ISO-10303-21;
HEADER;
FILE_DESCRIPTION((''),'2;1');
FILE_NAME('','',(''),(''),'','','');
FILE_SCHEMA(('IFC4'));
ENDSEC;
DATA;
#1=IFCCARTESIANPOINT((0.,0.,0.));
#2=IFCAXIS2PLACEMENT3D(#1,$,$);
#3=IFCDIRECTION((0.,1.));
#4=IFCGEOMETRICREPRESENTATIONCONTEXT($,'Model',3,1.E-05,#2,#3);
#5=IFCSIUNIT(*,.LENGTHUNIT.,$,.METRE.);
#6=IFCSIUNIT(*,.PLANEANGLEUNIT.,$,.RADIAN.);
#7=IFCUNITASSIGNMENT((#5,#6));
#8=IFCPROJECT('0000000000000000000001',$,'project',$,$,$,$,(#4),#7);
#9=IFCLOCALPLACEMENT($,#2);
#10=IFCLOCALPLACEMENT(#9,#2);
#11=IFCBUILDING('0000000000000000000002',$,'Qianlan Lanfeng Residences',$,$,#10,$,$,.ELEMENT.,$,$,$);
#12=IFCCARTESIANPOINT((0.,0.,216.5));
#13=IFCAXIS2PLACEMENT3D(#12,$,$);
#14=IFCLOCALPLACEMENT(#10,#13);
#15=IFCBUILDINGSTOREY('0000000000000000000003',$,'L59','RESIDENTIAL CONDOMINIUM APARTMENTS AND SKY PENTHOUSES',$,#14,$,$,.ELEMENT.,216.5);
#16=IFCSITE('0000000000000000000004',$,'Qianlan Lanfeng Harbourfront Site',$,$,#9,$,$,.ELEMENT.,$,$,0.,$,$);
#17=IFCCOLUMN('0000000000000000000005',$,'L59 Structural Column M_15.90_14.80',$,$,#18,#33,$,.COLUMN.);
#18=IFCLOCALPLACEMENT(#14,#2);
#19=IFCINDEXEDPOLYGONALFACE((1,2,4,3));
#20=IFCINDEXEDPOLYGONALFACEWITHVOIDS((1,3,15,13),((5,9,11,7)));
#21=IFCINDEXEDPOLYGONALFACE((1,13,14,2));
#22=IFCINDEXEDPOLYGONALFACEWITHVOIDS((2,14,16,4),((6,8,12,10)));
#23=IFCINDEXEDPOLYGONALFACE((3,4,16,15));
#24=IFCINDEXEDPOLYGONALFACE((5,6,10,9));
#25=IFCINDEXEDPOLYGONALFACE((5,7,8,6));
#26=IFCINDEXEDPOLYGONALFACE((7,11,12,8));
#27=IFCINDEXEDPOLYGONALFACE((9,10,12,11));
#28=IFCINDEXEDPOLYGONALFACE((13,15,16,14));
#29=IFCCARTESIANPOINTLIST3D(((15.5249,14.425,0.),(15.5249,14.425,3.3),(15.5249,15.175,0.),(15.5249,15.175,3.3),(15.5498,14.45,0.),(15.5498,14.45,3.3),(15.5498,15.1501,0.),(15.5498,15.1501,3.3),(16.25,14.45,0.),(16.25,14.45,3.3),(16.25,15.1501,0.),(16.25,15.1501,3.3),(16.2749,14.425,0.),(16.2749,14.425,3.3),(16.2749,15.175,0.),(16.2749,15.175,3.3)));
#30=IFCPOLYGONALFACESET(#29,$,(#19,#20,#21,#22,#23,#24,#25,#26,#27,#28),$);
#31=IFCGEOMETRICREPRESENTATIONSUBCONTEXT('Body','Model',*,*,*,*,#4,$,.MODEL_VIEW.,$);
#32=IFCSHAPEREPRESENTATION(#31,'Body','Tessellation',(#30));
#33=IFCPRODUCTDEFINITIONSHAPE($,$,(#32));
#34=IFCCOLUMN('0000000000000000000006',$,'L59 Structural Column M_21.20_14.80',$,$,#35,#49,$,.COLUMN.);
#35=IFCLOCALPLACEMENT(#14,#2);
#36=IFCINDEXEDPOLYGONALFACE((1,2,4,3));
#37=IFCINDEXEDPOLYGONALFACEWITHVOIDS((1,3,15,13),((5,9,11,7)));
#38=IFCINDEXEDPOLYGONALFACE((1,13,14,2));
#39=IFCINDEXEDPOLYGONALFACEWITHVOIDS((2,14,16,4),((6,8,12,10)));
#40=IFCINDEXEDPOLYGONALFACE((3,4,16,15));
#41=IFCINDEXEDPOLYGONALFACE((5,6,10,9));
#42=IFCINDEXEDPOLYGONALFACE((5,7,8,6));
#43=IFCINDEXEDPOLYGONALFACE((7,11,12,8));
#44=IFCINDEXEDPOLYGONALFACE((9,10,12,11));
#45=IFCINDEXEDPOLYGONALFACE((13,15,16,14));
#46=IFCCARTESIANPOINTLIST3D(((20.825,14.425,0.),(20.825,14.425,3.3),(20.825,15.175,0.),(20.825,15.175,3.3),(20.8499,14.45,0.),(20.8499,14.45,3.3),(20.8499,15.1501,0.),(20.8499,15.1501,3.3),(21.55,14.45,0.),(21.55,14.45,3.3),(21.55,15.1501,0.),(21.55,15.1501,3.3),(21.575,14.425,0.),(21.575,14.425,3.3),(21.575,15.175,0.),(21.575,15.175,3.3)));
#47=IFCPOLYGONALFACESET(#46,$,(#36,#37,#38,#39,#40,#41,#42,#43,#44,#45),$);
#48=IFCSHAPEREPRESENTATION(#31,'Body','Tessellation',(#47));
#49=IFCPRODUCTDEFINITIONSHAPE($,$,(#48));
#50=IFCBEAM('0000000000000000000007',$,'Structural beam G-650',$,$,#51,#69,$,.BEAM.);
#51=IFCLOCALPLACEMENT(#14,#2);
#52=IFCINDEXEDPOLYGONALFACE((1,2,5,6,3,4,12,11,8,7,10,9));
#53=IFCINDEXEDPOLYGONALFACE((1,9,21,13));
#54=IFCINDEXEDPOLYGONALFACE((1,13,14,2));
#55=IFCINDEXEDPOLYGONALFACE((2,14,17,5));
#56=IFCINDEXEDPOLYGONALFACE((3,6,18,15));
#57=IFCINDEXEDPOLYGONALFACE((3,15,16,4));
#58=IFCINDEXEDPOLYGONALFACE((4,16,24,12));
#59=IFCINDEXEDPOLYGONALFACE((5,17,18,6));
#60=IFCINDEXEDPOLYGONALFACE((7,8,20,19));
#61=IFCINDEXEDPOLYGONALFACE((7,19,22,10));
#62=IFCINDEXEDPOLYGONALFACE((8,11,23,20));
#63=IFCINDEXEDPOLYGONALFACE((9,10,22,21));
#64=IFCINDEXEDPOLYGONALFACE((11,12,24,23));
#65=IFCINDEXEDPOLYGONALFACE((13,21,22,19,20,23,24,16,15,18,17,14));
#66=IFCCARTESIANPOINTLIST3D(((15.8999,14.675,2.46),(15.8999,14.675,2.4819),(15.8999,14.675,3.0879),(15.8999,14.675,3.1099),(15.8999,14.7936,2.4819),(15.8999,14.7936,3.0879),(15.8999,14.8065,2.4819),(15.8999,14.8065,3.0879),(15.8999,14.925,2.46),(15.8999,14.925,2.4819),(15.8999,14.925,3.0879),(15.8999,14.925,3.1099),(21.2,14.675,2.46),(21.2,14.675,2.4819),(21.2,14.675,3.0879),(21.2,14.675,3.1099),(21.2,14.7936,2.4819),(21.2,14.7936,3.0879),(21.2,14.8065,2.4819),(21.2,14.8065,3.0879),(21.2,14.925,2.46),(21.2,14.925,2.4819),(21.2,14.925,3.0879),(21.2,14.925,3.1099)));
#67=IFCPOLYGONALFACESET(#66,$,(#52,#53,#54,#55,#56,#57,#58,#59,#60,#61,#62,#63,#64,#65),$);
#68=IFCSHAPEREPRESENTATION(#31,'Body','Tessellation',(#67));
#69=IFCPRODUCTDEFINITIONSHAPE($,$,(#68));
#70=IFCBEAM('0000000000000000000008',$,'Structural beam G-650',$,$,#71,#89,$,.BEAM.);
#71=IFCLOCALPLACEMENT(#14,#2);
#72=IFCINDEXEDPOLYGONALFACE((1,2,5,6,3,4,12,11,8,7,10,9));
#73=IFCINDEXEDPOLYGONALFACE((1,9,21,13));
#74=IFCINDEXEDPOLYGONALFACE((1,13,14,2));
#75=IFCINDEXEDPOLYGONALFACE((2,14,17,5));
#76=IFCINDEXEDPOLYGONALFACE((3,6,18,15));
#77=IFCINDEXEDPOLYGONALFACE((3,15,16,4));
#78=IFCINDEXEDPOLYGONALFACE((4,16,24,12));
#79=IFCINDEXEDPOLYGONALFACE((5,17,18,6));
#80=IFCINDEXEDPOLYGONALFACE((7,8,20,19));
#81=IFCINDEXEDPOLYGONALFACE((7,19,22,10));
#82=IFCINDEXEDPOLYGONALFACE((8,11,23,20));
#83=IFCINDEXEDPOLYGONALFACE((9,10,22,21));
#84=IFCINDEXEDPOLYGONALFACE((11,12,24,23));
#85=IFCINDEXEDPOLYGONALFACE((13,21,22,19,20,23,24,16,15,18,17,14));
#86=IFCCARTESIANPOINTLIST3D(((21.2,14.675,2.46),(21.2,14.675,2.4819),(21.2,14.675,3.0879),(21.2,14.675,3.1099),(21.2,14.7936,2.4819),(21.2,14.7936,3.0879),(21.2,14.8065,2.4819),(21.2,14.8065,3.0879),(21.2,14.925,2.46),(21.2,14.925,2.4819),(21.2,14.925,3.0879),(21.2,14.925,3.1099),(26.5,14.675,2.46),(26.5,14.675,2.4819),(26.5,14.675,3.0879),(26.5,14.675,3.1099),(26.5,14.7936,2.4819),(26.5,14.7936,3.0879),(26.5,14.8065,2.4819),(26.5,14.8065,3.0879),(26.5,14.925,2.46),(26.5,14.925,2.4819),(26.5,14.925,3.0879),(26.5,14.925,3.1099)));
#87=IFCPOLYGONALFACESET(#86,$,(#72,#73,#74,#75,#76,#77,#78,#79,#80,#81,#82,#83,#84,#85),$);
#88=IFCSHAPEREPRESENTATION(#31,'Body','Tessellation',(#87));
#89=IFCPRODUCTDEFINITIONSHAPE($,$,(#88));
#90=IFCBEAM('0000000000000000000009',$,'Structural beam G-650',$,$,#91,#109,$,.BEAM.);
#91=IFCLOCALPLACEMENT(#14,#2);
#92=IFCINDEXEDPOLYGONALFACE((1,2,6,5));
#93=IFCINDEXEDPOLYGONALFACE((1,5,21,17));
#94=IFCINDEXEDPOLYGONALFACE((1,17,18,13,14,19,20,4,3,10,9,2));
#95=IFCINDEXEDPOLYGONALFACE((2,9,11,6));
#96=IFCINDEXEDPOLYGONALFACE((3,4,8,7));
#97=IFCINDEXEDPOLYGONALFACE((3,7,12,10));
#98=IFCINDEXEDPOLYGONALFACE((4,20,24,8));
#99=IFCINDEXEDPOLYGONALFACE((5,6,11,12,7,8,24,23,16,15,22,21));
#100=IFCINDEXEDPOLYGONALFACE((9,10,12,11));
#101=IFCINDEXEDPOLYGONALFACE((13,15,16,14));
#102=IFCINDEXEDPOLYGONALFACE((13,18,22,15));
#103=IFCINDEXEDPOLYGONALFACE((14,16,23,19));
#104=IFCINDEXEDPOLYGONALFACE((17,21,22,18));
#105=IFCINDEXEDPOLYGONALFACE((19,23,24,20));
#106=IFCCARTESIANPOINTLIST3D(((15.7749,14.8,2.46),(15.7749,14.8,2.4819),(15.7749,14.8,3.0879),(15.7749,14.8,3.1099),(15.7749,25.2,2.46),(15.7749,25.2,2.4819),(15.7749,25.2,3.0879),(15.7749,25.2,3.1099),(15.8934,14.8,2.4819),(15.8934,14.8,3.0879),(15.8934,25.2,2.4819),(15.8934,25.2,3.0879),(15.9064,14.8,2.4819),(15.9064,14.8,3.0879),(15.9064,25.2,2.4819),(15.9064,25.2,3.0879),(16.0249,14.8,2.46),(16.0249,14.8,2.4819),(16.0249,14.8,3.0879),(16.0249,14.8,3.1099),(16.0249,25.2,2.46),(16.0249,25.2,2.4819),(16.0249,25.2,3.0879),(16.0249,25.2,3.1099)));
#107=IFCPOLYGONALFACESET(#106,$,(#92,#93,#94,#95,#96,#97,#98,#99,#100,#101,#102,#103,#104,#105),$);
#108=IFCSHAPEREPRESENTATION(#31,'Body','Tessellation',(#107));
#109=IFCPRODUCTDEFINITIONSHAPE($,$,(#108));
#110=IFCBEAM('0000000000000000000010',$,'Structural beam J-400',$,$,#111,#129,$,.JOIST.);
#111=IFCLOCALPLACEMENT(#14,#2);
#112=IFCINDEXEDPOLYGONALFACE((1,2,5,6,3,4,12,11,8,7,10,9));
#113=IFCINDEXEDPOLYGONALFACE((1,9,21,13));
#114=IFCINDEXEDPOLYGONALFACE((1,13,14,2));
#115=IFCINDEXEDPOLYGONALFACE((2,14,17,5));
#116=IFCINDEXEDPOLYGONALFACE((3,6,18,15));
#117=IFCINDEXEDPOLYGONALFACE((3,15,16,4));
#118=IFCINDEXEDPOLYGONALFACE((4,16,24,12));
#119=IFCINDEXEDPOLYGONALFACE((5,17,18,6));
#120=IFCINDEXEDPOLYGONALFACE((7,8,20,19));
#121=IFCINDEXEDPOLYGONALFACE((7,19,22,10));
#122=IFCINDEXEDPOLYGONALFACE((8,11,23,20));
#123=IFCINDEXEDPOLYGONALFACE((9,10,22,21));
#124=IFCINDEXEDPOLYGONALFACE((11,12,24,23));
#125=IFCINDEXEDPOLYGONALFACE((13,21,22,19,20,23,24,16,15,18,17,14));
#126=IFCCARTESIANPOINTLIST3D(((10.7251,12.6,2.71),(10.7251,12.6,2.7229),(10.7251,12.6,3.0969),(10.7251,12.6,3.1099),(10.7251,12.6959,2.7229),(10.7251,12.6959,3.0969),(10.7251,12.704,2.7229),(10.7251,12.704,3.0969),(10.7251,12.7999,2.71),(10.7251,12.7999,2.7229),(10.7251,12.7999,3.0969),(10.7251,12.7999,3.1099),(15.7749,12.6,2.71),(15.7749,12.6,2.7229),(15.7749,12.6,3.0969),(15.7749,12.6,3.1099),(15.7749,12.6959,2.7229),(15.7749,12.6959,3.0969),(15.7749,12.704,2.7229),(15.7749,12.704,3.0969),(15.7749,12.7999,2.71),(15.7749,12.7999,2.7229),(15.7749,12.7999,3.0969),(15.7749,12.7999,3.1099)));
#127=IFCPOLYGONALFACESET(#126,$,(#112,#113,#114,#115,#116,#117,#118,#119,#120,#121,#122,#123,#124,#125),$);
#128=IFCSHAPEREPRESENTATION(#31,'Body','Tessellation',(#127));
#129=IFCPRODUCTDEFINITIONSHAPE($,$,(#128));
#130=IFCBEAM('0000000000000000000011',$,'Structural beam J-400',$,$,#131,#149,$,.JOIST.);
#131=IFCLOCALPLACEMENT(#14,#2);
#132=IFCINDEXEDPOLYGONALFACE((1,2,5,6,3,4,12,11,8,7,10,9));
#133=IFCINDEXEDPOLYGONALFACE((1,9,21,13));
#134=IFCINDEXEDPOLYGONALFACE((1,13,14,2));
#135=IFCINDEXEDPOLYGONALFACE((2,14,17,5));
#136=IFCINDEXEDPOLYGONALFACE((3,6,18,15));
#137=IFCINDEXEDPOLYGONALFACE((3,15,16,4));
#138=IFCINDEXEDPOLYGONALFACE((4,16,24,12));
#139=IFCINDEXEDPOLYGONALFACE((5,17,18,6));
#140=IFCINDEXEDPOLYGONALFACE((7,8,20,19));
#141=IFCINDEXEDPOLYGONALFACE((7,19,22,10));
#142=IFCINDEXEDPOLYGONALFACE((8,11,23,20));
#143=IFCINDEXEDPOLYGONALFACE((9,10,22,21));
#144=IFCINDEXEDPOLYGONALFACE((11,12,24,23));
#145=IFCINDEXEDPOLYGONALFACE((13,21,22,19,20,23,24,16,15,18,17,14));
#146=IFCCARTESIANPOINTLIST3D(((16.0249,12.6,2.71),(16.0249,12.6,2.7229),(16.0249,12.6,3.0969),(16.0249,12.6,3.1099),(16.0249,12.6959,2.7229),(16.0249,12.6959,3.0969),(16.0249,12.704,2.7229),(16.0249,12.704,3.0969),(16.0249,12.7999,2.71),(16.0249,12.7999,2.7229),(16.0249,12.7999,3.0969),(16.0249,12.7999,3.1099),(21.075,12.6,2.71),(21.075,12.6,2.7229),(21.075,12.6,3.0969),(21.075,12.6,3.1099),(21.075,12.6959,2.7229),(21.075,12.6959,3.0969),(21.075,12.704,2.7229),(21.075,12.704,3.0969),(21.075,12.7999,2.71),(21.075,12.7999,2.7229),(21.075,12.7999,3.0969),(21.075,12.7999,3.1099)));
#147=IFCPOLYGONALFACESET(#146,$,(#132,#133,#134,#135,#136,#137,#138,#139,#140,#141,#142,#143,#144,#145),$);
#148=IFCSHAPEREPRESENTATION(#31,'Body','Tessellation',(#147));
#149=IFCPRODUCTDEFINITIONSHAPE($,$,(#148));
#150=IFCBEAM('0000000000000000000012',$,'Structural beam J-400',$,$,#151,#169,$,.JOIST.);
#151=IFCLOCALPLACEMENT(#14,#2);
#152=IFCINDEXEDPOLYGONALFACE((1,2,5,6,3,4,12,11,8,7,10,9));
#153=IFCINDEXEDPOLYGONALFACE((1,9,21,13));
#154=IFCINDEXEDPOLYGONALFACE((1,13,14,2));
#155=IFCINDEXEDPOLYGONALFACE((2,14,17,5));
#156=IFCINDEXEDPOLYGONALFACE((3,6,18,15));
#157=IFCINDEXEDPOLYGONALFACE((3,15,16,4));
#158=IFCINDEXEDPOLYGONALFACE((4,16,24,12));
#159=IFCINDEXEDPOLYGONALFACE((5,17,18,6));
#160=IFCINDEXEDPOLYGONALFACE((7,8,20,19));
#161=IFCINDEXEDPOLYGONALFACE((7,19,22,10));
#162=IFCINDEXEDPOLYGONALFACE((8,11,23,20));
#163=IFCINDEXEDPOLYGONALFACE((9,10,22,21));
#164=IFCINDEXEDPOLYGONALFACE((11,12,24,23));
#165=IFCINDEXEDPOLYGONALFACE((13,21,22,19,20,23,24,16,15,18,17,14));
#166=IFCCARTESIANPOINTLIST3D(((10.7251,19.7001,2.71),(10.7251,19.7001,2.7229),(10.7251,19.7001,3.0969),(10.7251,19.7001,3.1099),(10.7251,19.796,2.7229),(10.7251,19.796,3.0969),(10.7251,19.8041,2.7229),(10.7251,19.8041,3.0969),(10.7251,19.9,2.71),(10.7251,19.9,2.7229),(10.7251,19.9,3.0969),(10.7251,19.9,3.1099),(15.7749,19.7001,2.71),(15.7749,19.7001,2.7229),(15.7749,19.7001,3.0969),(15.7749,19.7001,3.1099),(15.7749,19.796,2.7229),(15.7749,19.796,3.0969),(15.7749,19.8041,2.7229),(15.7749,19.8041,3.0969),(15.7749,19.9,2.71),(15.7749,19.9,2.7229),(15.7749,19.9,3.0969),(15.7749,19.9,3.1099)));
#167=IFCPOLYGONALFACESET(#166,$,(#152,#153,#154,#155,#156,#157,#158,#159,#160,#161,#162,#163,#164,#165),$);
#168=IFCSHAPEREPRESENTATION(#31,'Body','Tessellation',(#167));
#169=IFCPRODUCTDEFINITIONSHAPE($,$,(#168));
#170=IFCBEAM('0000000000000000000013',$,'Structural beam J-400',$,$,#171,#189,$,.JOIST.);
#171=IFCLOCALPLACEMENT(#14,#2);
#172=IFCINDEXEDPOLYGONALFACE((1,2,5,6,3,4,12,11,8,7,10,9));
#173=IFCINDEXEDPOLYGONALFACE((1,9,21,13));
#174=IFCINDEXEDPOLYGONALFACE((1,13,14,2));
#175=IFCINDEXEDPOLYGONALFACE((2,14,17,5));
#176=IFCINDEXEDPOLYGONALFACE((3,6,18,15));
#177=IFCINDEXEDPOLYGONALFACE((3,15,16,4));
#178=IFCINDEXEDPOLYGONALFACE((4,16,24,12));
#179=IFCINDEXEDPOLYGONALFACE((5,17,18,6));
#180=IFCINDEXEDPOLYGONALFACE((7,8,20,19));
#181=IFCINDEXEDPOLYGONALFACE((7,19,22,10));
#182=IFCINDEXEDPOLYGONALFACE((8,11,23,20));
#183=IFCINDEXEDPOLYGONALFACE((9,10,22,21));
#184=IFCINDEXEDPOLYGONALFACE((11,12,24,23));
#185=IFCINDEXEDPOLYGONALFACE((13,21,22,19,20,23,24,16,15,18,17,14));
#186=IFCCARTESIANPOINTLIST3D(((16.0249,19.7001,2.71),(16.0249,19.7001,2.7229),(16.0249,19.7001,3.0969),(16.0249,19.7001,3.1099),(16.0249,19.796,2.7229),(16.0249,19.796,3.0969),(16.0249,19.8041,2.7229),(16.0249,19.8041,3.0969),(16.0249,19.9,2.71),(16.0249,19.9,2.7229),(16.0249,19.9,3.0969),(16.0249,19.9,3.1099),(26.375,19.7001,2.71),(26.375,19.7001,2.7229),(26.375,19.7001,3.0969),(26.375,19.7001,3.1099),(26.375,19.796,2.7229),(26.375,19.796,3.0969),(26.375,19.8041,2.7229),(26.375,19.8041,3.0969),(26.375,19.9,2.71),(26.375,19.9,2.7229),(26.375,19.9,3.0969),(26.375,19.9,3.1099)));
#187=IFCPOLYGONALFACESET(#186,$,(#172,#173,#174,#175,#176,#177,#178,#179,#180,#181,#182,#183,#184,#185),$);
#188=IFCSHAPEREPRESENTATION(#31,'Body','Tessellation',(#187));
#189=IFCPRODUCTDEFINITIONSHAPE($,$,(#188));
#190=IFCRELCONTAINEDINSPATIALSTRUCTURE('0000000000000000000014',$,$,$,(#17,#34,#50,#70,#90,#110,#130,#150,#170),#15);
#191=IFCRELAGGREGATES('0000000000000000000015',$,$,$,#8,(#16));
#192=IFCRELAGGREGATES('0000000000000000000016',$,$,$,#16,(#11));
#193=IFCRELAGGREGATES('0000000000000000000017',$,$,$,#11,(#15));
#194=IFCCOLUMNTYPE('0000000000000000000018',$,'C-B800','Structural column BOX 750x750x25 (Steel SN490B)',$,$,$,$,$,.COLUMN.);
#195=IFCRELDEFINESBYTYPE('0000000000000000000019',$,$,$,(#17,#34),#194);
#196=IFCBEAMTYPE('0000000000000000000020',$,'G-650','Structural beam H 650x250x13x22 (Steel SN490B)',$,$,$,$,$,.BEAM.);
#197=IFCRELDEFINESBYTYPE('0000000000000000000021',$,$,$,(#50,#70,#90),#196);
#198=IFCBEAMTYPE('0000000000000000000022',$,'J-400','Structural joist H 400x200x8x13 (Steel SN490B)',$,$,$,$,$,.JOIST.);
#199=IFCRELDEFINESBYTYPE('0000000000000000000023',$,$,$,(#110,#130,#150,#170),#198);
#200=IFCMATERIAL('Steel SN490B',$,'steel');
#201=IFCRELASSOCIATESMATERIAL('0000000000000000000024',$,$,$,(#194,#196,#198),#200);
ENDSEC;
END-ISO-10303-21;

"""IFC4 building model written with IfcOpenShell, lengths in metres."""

from ifc_helpers import new_model, si_unit, direction, frame, origin, origin_2d, place, context, subcontext, project, spatial, hollow_rectangle, i_section, extrude, material, material_profile, profile_set, type_object, element, save


model = new_model("IFC4")

# Units and contexts
model_context = context("Model", 3, precision=1e-05, world=origin(), true_north=direction((0.0, 1.0)))
body_context = subcontext(model_context, "Body", "Model", "MODEL_VIEW")
ifc_project = project(units=[si_unit("LENGTHUNIT", "METRE"), si_unit("PLANEANGLEUNIT", "RADIAN")], contexts=[model_context])

# Site, building, storey
site_placement = place(None, origin())
site = spatial("IfcSite", under=ifc_project, at=site_placement, Name="Qianlan Lanfeng Harbourfront Site", CompositionType="ELEMENT", RefElevation=0.0)
building_placement = place(site_placement, origin())
building = spatial("IfcBuilding", under=site, at=building_placement, Name="Qianlan Lanfeng Residences", CompositionType="ELEMENT")
storey_placement = place(building_placement, frame((0.0, 0.0, 216.5)))
storey = spatial("IfcBuildingStorey", under=building, at=storey_placement, Name="L59", Description="RESIDENTIAL CONDOMINIUM APARTMENTS AND SKY PENTHOUSES", CompositionType="ELEMENT", Elevation=216.5)

# Columns
ifc_material_1 = material(Name="Steel SN490B", Category="steel")
ifc_material_profile_1 = material_profile(ifc_material_1, hollow_rectangle(XDim=0.75, YDim=0.75, WallThickness=0.0249, at=origin_2d()), Name="BOX 750x750x25")
ifc_profile_set_1 = profile_set([ifc_material_profile_1], Name="Steel SN490B")
column_type = type_object("IfcColumnType", Name="C-B800", Description="Structural column BOX 750x750x25 (Steel SN490B)", PredefinedType="COLUMN", material=ifc_profile_set_1)
for number, where, z_axis, x_axis, name in (
    (1, (15.8999, 14.8, 0.0), (0.0, 0.0, 1.0), (1.0, 0.0, 0.0), "L59 Structural Column M_15.90_14.80"),
    (2, (21.2, 14.8, 0.0), (0.0, 0.0, 1.0), (1.0, 0.0, 0.0), "L59 Structural Column M_21.20_14.80"),
):
    element("IfcColumn", number, at=place(storey_placement, frame(where, z_axis=z_axis, x_axis=x_axis)), inside=storey, type_object=column_type, Name=name, PredefinedType="COLUMN", context=body_context, shape_type="SweptSolid", body=[
        extrude(hollow_rectangle(XDim=0.75, YDim=0.75, WallThickness=0.0249, at=origin_2d()), origin(), (0.0, 0.0, 1.0), 3.3),
    ])

# Beams
ifc_material_profile_2 = material_profile(ifc_material_1, i_section(OverallWidth=0.25, OverallDepth=0.6499, WebThickness=0.0129, FlangeThickness=0.022, at=origin_2d()), Name="H 650x250x13x22")
ifc_profile_set_2 = profile_set([ifc_material_profile_2], Name="Steel SN490B")
beam_type_1 = type_object("IfcBeamType", Name="G-650", Description="Structural beam H 650x250x13x22 (Steel SN490B)", PredefinedType="BEAM", material=ifc_profile_set_2)
for number, where, z_axis, x_axis, name in (
    (3, (15.8999, 14.8, 2.7849), (1.0, 0.0, 0.0), (0.0, 1.0, 0.0), "Structural beam G-650"),
    (4, (21.2, 14.8, 2.7849), (1.0, 0.0, 0.0), (0.0, 1.0, 0.0), "Structural beam G-650"),
):
    element("IfcBeam", number, at=place(storey_placement, frame(where, z_axis=z_axis, x_axis=x_axis)), inside=storey, type_object=beam_type_1, Name=name, PredefinedType="BEAM", context=body_context, shape_type="SweptSolid", body=[
        extrude(i_section(OverallWidth=0.25, OverallDepth=0.6499, WebThickness=0.0129, FlangeThickness=0.022, at=origin_2d()), origin(), (0.0, 0.0, 1.0), 5.3),
    ])
beam_1_placement = place(storey_placement, frame((15.8999, 14.8, 2.7849), z_axis=(0.0, 1.0, 0.0), x_axis=(-1.0, 0.0, 0.0)))
element("IfcBeam", 5, at=beam_1_placement, inside=storey, type_object=beam_type_1, Name="Structural beam G-650", PredefinedType="BEAM", context=body_context, shape_type="SweptSolid", body=[
    extrude(i_section(OverallWidth=0.25, OverallDepth=0.6499, WebThickness=0.0129, FlangeThickness=0.022, at=origin_2d()), origin(), (0.0, 0.0, 1.0), 10.3999),
])
ifc_material_profile_3 = material_profile(ifc_material_1, i_section(OverallWidth=0.2, OverallDepth=0.3999, WebThickness=0.0081, FlangeThickness=0.0129, at=origin_2d()), Name="H 400x200x8x13")
ifc_profile_set_3 = profile_set([ifc_material_profile_3], Name="Steel SN490B")
beam_type_2 = type_object("IfcBeamType", Name="J-400", Description="Structural joist H 400x200x8x13 (Steel SN490B)", PredefinedType="JOIST", material=ifc_profile_set_3)
beam_2_placement = place(storey_placement, frame((10.7251, 12.7, 2.9099), z_axis=(1.0, 0.0, 0.0), x_axis=(0.0, 1.0, 0.0)))
element("IfcBeam", 6, at=beam_2_placement, inside=storey, type_object=beam_type_2, Name="Structural beam J-400", PredefinedType="JOIST", context=body_context, shape_type="SweptSolid", body=[
    extrude(i_section(OverallWidth=0.2, OverallDepth=0.3999, WebThickness=0.0081, FlangeThickness=0.0129, at=origin_2d()), origin(), (0.0, 0.0, 1.0), 5.0498),
])
beam_3_placement = place(storey_placement, frame((16.0249, 12.7, 2.9099), z_axis=(1.0, 0.0, 0.0), x_axis=(0.0, 1.0, 0.0)))
element("IfcBeam", 7, at=beam_3_placement, inside=storey, type_object=beam_type_2, Name="Structural beam J-400", PredefinedType="JOIST", context=body_context, shape_type="SweptSolid", body=[
    extrude(i_section(OverallWidth=0.2, OverallDepth=0.3999, WebThickness=0.0081, FlangeThickness=0.0129, at=origin_2d()), origin(), (0.0, 0.0, 1.0), 5.05),
])
beam_4_placement = place(storey_placement, frame((10.7251, 19.8, 2.9099), z_axis=(1.0, 0.0, 0.0), x_axis=(0.0, 1.0, 0.0)))
element("IfcBeam", 8, at=beam_4_placement, inside=storey, type_object=beam_type_2, Name="Structural beam J-400", PredefinedType="JOIST", context=body_context, shape_type="SweptSolid", body=[
    extrude(i_section(OverallWidth=0.2, OverallDepth=0.3999, WebThickness=0.0081, FlangeThickness=0.0129, at=origin_2d()), origin(), (0.0, 0.0, 1.0), 5.0498),
])
beam_5_placement = place(storey_placement, frame((16.0249, 19.8, 2.9099), z_axis=(1.0, 0.0, 0.0), x_axis=(0.0, 1.0, 0.0)))
element("IfcBeam", 9, at=beam_5_placement, inside=storey, type_object=beam_type_2, Name="Structural beam J-400", PredefinedType="JOIST", context=body_context, shape_type="SweptSolid", body=[
    extrude(i_section(OverallWidth=0.2, OverallDepth=0.3999, WebThickness=0.0081, FlangeThickness=0.0129, at=origin_2d()), origin(), (0.0, 0.0, 1.0), 10.3501),
])

save(model, "model.ifc")
